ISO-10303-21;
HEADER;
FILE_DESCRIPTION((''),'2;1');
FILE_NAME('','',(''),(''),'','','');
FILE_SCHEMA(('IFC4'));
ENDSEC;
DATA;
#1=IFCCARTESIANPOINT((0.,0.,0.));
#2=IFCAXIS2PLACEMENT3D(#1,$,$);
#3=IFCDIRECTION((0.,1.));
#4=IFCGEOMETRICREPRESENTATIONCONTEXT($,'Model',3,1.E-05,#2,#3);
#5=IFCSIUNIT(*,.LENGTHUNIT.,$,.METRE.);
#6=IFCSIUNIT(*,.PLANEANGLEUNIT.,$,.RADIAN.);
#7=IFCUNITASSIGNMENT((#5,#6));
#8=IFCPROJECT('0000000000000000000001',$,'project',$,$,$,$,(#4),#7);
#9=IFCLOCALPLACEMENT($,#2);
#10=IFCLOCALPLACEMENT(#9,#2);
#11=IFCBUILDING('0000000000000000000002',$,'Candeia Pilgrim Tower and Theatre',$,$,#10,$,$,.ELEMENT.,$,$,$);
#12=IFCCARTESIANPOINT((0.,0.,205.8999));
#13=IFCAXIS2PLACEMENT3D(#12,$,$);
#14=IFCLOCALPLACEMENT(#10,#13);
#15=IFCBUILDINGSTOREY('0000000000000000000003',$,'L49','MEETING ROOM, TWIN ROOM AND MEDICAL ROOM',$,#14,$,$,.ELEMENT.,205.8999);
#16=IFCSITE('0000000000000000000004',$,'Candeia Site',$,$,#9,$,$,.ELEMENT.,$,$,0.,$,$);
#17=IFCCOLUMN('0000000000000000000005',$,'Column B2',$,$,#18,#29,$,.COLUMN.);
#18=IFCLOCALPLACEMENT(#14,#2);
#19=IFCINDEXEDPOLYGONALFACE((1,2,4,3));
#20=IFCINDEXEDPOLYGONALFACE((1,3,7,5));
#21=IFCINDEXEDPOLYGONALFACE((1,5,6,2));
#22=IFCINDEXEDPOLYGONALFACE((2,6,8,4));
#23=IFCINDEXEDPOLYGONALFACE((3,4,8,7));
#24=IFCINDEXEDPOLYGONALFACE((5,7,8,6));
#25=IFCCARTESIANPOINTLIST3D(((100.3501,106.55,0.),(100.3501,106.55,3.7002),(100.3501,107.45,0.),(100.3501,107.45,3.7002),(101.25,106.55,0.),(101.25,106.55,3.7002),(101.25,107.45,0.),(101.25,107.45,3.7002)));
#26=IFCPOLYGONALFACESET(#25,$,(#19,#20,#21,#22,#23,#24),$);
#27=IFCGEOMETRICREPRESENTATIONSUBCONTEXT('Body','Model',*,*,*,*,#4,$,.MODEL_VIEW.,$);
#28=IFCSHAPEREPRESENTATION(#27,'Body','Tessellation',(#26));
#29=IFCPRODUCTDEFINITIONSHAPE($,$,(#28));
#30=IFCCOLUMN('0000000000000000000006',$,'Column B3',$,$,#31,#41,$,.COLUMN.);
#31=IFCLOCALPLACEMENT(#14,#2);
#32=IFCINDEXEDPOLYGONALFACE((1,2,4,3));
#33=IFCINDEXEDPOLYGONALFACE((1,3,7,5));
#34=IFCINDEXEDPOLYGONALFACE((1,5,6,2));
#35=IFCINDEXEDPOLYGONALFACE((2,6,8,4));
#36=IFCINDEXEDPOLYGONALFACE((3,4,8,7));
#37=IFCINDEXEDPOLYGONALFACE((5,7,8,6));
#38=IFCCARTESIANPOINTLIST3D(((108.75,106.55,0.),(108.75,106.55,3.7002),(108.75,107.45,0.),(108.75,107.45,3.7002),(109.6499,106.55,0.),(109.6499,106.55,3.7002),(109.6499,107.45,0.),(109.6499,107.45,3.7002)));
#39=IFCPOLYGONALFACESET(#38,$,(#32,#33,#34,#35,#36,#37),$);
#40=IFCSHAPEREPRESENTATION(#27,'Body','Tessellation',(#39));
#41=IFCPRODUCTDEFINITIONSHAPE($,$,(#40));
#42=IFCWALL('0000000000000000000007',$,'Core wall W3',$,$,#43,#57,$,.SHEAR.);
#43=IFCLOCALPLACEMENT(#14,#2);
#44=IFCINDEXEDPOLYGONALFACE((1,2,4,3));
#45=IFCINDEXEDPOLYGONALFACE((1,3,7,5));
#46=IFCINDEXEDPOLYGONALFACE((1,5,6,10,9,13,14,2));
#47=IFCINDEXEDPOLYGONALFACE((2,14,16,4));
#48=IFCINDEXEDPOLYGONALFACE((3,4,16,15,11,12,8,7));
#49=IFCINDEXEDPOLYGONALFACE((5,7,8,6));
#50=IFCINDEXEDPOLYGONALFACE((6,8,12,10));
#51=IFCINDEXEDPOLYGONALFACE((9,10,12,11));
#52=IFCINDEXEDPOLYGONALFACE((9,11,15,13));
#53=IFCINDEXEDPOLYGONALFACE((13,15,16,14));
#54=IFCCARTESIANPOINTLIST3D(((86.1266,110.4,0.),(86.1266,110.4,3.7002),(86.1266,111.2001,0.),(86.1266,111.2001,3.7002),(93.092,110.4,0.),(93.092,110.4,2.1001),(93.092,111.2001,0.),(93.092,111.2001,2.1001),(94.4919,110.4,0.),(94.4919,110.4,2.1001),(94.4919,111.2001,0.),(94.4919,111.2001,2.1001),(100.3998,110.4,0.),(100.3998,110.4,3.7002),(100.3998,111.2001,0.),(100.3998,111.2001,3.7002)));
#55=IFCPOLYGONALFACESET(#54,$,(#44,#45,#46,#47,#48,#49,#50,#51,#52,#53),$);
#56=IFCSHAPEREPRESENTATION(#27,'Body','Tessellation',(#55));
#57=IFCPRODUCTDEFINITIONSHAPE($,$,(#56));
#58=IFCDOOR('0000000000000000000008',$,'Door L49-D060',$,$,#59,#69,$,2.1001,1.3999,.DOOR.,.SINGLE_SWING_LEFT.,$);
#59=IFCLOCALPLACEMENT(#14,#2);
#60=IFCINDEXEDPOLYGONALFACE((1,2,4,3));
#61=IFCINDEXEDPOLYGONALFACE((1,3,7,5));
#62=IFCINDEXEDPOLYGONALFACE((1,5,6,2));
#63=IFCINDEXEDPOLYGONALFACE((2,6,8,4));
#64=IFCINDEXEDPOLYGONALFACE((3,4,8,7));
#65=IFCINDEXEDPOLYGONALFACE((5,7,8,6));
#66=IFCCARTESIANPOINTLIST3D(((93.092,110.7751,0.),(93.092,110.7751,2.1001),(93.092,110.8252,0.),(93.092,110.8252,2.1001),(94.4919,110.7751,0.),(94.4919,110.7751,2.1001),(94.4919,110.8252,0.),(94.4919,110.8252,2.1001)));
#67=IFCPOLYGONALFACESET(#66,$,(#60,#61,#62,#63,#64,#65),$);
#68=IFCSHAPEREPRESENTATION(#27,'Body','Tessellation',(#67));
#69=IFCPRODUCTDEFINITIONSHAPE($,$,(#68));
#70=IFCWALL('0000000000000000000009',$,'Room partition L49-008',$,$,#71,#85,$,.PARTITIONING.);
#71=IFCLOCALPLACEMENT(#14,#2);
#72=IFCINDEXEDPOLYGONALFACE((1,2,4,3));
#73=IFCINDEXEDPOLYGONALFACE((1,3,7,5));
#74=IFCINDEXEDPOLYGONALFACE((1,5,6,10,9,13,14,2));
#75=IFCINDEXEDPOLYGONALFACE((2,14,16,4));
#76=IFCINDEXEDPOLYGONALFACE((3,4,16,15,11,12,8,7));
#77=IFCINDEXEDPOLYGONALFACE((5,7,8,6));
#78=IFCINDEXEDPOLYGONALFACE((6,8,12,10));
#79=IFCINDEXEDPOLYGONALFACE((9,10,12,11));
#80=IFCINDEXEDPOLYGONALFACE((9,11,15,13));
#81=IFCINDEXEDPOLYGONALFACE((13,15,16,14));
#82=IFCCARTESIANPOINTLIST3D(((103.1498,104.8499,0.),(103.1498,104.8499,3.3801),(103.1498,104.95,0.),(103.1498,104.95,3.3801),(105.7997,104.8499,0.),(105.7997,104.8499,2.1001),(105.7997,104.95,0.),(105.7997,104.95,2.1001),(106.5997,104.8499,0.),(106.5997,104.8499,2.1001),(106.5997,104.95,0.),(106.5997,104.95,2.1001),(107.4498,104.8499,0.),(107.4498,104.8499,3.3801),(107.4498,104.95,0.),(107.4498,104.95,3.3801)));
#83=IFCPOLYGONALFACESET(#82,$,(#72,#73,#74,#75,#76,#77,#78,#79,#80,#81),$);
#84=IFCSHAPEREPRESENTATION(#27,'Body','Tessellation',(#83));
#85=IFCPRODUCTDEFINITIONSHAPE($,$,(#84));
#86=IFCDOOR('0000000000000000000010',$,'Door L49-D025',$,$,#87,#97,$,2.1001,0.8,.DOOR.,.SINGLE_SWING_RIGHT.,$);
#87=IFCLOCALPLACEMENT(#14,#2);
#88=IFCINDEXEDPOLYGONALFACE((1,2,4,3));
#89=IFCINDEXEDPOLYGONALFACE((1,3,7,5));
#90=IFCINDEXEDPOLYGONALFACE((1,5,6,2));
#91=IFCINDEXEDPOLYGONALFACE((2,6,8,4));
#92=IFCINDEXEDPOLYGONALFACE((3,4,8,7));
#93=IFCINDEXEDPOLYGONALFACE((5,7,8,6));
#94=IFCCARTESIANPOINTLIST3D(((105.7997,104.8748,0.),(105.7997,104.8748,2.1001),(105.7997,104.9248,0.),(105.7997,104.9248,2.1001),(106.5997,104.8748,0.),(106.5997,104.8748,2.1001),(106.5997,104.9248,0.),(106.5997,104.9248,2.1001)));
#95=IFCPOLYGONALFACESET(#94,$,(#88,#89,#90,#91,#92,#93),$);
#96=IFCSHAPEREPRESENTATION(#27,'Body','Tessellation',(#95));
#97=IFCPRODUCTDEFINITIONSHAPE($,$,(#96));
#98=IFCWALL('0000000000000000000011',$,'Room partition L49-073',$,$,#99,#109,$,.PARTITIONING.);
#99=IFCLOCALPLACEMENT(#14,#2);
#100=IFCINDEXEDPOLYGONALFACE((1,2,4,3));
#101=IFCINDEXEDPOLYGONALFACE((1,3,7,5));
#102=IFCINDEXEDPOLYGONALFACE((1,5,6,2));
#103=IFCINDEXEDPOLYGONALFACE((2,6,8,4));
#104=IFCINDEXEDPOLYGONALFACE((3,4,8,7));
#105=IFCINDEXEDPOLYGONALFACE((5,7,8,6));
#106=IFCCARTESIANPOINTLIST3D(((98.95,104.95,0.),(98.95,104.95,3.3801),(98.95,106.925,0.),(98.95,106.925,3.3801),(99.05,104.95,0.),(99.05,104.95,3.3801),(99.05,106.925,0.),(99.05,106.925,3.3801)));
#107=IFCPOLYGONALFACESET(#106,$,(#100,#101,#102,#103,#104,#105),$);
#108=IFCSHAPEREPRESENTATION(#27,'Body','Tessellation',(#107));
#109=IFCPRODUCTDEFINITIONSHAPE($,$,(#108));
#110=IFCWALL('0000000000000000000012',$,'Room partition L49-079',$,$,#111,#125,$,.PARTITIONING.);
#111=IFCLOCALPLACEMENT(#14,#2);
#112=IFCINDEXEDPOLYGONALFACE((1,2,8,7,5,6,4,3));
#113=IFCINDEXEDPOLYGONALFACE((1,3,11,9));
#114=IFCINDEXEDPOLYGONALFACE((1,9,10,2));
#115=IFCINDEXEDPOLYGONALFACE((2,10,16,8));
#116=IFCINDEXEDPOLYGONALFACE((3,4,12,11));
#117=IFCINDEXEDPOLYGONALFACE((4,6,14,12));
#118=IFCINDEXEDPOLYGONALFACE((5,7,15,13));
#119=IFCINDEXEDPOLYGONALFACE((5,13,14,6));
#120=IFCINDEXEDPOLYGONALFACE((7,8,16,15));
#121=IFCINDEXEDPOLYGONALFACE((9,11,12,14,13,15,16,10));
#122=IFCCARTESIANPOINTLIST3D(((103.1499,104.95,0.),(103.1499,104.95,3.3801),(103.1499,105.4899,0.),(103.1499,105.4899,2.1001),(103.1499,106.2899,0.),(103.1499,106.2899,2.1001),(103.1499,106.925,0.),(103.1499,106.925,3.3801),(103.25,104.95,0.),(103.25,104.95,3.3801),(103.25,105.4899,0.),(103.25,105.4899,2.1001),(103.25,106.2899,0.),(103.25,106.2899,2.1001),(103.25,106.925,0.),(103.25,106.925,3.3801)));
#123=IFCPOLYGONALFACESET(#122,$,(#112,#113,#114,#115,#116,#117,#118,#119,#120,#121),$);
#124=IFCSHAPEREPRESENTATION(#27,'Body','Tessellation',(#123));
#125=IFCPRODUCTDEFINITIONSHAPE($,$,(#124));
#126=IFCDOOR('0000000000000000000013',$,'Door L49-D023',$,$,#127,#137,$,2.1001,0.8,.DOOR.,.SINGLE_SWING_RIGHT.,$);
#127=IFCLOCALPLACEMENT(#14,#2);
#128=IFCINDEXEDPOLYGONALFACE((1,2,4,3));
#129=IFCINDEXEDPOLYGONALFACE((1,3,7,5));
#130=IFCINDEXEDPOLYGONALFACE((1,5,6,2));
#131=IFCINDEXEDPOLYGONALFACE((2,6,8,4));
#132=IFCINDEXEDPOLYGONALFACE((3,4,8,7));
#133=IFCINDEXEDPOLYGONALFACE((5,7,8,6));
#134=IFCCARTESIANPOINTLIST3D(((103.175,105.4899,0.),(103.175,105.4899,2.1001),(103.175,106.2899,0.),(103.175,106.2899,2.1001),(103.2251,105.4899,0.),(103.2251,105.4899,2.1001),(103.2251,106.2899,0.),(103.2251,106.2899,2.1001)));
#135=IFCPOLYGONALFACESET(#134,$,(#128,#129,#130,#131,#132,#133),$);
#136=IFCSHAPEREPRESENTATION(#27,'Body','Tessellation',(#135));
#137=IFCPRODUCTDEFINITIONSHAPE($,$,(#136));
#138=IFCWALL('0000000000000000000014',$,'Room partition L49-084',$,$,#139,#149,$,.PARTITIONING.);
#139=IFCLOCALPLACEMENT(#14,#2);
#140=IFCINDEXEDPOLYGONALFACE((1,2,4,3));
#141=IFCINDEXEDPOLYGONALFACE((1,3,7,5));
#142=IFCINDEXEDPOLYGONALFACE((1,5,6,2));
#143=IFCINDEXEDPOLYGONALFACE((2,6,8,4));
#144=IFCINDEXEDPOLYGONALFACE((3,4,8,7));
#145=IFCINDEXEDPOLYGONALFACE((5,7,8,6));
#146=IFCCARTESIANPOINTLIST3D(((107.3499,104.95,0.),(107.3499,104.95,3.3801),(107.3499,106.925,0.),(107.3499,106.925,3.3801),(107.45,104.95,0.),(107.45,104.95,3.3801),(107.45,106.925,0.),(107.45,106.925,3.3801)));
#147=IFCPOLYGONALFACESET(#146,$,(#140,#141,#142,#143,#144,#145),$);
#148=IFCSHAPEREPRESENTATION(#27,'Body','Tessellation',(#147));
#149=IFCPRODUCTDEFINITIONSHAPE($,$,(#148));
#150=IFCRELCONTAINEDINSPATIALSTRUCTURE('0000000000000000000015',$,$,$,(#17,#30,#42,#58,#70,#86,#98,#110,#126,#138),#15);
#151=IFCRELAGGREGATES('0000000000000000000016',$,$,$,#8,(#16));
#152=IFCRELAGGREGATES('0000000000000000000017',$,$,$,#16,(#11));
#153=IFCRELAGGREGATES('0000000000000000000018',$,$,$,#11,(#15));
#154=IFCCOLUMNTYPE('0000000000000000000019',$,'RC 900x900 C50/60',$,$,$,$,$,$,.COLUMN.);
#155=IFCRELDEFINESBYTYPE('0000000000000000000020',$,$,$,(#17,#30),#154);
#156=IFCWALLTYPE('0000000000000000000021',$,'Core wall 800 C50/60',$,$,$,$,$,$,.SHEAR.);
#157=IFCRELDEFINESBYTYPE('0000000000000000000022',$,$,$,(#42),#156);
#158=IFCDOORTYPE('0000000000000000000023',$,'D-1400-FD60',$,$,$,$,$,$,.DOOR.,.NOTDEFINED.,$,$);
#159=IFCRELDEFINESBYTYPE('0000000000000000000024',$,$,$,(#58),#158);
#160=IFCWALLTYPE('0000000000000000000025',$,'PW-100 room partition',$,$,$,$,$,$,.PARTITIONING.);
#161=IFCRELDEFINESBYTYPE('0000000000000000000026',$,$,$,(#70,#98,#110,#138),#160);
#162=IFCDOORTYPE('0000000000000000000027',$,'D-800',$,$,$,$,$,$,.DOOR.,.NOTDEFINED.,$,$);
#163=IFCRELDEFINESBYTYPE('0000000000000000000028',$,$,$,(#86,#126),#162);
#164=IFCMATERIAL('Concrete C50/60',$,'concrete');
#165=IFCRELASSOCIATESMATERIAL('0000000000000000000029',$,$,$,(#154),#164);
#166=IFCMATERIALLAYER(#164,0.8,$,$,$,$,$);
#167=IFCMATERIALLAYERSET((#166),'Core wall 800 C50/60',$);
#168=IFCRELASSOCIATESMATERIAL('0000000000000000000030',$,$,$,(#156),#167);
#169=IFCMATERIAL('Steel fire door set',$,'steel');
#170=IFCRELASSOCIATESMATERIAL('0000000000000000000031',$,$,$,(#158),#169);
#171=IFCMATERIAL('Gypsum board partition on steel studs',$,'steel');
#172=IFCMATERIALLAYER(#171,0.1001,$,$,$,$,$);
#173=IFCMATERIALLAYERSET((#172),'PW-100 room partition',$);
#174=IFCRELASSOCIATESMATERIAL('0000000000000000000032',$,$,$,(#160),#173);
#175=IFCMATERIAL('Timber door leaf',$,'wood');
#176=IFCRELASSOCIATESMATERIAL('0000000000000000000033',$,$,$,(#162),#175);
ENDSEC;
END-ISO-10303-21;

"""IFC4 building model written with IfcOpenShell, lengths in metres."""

from ifc_helpers import new_model, si_unit, direction, frame, frame_2d, origin, origin_2d, place, context, subcontext, project, spatial, rectangle, extrude, material, layer, layer_set, material_profile, profile_set, type_object, element, fill, save


model = new_model("IFC4")

# Units and contexts
model_context = context("Model", 3, precision=1e-05, world=origin(), true_north=direction((0.0, 1.0)))
body_context = subcontext(model_context, "Body", "Model", "MODEL_VIEW")
ifc_project = project(units=[si_unit("LENGTHUNIT", "METRE"), si_unit("PLANEANGLEUNIT", "RADIAN")], contexts=[model_context])

# Site, building, storey
site_placement = place(None, origin())
site = spatial("IfcSite", under=ifc_project, at=site_placement, Name="Candeia Site", CompositionType="ELEMENT", RefElevation=0.0)
building_placement = place(site_placement, origin())
building = spatial("IfcBuilding", under=site, at=building_placement, Name="Candeia Pilgrim Tower and Theatre", CompositionType="ELEMENT")
storey_placement = place(building_placement, frame((0.0, 0.0, 205.8999)))
storey = spatial("IfcBuildingStorey", under=building, at=storey_placement, Name="L49", Description="MEETING ROOM, TWIN ROOM AND MEDICAL ROOM", CompositionType="ELEMENT", Elevation=205.8999)

# Columns
ifc_material_1 = material(Name="Concrete C50/60", Category="concrete")
ifc_material_profile = material_profile(ifc_material_1, rectangle(XDim=0.8999, YDim=0.8999, at=origin_2d()))
ifc_profile_set = profile_set([ifc_material_profile], Name="Concrete C50/60")
column_type = type_object("IfcColumnType", Name="RC 900x900 C50/60", PredefinedType="COLUMN", material=ifc_profile_set)
for number, where, z_axis, x_axis, name in (
    (1, (100.8, 107.0, 0.0), (0.0, 0.0, 1.0), (1.0, 0.0, 0.0), "Column B2"),
    (2, (109.2, 107.0, 0.0), (0.0, 0.0, 1.0), (1.0, 0.0, 0.0), "Column B3"),
):
    element("IfcColumn", number, at=place(storey_placement, frame(where, z_axis=z_axis, x_axis=x_axis)), inside=storey, type_object=column_type, Name=name, PredefinedType="COLUMN", context=body_context, shape_type="SweptSolid", body=[
        extrude(rectangle(XDim=0.8999, YDim=0.8999, at=origin_2d()), origin(), (0.0, 0.0, 1.0), 3.7002),
    ])

# Walls, openings, doors
ifc_layer_1 = layer(ifc_material_1, 0.8)
ifc_layer_set_1 = layer_set([ifc_layer_1], Name="Core wall 800 C50/60")
wall_type_1 = type_object("IfcWallType", Name="Core wall 800 C50/60", PredefinedType="SHEAR", material=ifc_layer_set_1)
wall_1_placement = place(storey_placement, frame((100.3999, 110.8, 0.0), z_axis=(0.0, 0.0, 1.0), x_axis=(-1.0, 0.0, 0.0)))
wall_1 = element("IfcWall", 3, at=wall_1_placement, inside=storey, type_object=wall_type_1, Name="Core wall W3", PredefinedType="SHEAR", context=body_context, shape_type="SweptSolid", body=[
    extrude(rectangle(XDim=14.2732, YDim=0.8, at=frame_2d((7.1367, 0.0))), origin(), (0.0, 0.0, 1.0), 3.7002),
])
opening_1_placement = place(wall_1_placement, frame((5.908, 0.0, 0.0)))
opening_1 = element("IfcOpeningElement", 4, at=opening_1_placement, cuts=wall_1, PredefinedType="OPENING", context=body_context, shape_type="SweptSolid", body=[
    extrude(rectangle(XDim=1.3999, YDim=2.1001, at=frame_2d((0.7, 1.05))), frame((0.0, 0.4102, 0.0), z_axis=(0.0, -1.0, 0.0), x_axis=(1.0, 0.0, 0.0)), (0.0, 0.0, 1.0), 0.8201),
])
ifc_material_2 = material(Name="Steel fire door set", Category="steel")
door_type_1 = type_object("IfcDoorType", Name="D-1400-FD60", OperationType="NOTDEFINED", PredefinedType="DOOR", material=ifc_material_2)
door_1_placement = place(opening_1_placement, origin())
door_1 = element("IfcDoor", 5, at=door_1_placement, inside=storey, type_object=door_type_1, Name="Door L49-D060", OperationType="SINGLE_SWING_LEFT", OverallHeight=2.1001, OverallWidth=1.3999, PredefinedType="DOOR", context=body_context, shape_type="SweptSolid", body=[
    extrude(rectangle(XDim=1.3999, YDim=2.1001, at=frame_2d((0.7, 1.05))), frame((0.0, 0.0249, 0.0), z_axis=(0.0, -1.0, 0.0), x_axis=(1.0, 0.0, 0.0)), (0.0, 0.0, 1.0), 0.05),
])
fill(opening_1, door_1)
ifc_material_3 = material(Name="Gypsum board partition on steel studs", Category="steel")
ifc_layer_2 = layer(ifc_material_3, 0.1001)
ifc_layer_set_2 = layer_set([ifc_layer_2], Name="PW-100 room partition")
wall_type_2 = type_object("IfcWallType", Name="PW-100 room partition", PredefinedType="PARTITIONING", material=ifc_layer_set_2)
wall_2_placement = place(storey_placement, frame((103.1499, 104.8999, 0.0), z_axis=(0.0, 0.0, 1.0), x_axis=(1.0, 0.0, 0.0)))
wall_2 = element("IfcWall", 6, at=wall_2_placement, inside=storey, type_object=wall_type_2, Name="Room partition L49-008", PredefinedType="PARTITIONING", context=body_context, shape_type="SweptSolid", body=[
    extrude(rectangle(XDim=4.3, YDim=0.1001, at=frame_2d((2.1499, 0.0))), origin(), (0.0, 0.0, 1.0), 3.3801),
])
opening_2_placement = place(wall_2_placement, frame((2.6499, 0.0, 0.0)))
opening_2 = element("IfcOpeningElement", 7, at=opening_2_placement, cuts=wall_2, PredefinedType="OPENING", context=body_context, shape_type="SweptSolid", body=[
    extrude(rectangle(XDim=0.8, YDim=2.1001, at=frame_2d((0.3999, 1.05))), frame((0.0, 0.0601, 0.0), z_axis=(0.0, -1.0, 0.0), x_axis=(1.0, 0.0, 0.0)), (0.0, 0.0, 1.0), 0.1201),
])
ifc_material_4 = material(Name="Timber door leaf", Category="wood")
door_type_2 = type_object("IfcDoorType", Name="D-800", OperationType="NOTDEFINED", PredefinedType="DOOR", material=ifc_material_4)
door_2_placement = place(opening_2_placement, origin())
door_2 = element("IfcDoor", 8, at=door_2_placement, inside=storey, type_object=door_type_2, Name="Door L49-D025", OperationType="SINGLE_SWING_RIGHT", OverallHeight=2.1001, OverallWidth=0.8, PredefinedType="DOOR", context=body_context, shape_type="SweptSolid", body=[
    extrude(rectangle(XDim=0.8, YDim=2.1001, at=frame_2d((0.3999, 1.05))), frame((0.0, 0.0249, 0.0), z_axis=(0.0, -1.0, 0.0), x_axis=(1.0, 0.0, 0.0)), (0.0, 0.0, 1.0), 0.05),
])
fill(opening_2, door_2)

# Wall
wall_3_placement = place(storey_placement, frame((99.0, 104.95, 0.0), z_axis=(0.0, 0.0, 1.0), x_axis=(0.0, 1.0, 0.0)))
element("IfcWall", 9, at=wall_3_placement, inside=storey, type_object=wall_type_2, Name="Room partition L49-073", PredefinedType="PARTITIONING", context=body_context, shape_type="SweptSolid", body=[
    extrude(rectangle(XDim=1.9751, YDim=0.1001, at=frame_2d((0.9875, 0.0))), origin(), (0.0, 0.0, 1.0), 3.3801),
])

# Wall, opening, door
wall_4_placement = place(storey_placement, frame((103.2, 104.95, 0.0), z_axis=(0.0, 0.0, 1.0), x_axis=(0.0, 1.0, 0.0)))
wall_4 = element("IfcWall", 10, at=wall_4_placement, inside=storey, type_object=wall_type_2, Name="Room partition L49-079", PredefinedType="PARTITIONING", context=body_context, shape_type="SweptSolid", body=[
    extrude(rectangle(XDim=1.9751, YDim=0.1001, at=frame_2d((0.9875, 0.0))), origin(), (0.0, 0.0, 1.0), 3.3801),
])
opening_3_placement = place(wall_4_placement, frame((0.54, 0.0, 0.0)))
opening_3 = element("IfcOpeningElement", 11, at=opening_3_placement, cuts=wall_4, PredefinedType="OPENING", context=body_context, shape_type="SweptSolid", body=[
    extrude(rectangle(XDim=0.8, YDim=2.1001, at=frame_2d((0.3999, 1.05))), frame((0.0, 0.0601, 0.0), z_axis=(0.0, -1.0, 0.0), x_axis=(1.0, 0.0, 0.0)), (0.0, 0.0, 1.0), 0.1201),
])
door_3_placement = place(opening_3_placement, origin())
door_3 = element("IfcDoor", 12, at=door_3_placement, inside=storey, type_object=door_type_2, Name="Door L49-D023", OperationType="SINGLE_SWING_RIGHT", OverallHeight=2.1001, OverallWidth=0.8, PredefinedType="DOOR", context=body_context, shape_type="SweptSolid", body=[
    extrude(rectangle(XDim=0.8, YDim=2.1001, at=frame_2d((0.3999, 1.05))), frame((0.0, 0.0249, 0.0), z_axis=(0.0, -1.0, 0.0), x_axis=(1.0, 0.0, 0.0)), (0.0, 0.0, 1.0), 0.05),
])
fill(opening_3, door_3)

# Wall
wall_5_placement = place(storey_placement, frame((107.3999, 104.95, 0.0), z_axis=(0.0, 0.0, 1.0), x_axis=(0.0, 1.0, 0.0)))
element("IfcWall", 13, at=wall_5_placement, inside=storey, type_object=wall_type_2, Name="Room partition L49-084", PredefinedType="PARTITIONING", context=body_context, shape_type="SweptSolid", body=[
    extrude(rectangle(XDim=1.9751, YDim=0.1001, at=frame_2d((0.9875, 0.0))), origin(), (0.0, 0.0, 1.0), 3.3801),
])

save(model, "model.ifc")
